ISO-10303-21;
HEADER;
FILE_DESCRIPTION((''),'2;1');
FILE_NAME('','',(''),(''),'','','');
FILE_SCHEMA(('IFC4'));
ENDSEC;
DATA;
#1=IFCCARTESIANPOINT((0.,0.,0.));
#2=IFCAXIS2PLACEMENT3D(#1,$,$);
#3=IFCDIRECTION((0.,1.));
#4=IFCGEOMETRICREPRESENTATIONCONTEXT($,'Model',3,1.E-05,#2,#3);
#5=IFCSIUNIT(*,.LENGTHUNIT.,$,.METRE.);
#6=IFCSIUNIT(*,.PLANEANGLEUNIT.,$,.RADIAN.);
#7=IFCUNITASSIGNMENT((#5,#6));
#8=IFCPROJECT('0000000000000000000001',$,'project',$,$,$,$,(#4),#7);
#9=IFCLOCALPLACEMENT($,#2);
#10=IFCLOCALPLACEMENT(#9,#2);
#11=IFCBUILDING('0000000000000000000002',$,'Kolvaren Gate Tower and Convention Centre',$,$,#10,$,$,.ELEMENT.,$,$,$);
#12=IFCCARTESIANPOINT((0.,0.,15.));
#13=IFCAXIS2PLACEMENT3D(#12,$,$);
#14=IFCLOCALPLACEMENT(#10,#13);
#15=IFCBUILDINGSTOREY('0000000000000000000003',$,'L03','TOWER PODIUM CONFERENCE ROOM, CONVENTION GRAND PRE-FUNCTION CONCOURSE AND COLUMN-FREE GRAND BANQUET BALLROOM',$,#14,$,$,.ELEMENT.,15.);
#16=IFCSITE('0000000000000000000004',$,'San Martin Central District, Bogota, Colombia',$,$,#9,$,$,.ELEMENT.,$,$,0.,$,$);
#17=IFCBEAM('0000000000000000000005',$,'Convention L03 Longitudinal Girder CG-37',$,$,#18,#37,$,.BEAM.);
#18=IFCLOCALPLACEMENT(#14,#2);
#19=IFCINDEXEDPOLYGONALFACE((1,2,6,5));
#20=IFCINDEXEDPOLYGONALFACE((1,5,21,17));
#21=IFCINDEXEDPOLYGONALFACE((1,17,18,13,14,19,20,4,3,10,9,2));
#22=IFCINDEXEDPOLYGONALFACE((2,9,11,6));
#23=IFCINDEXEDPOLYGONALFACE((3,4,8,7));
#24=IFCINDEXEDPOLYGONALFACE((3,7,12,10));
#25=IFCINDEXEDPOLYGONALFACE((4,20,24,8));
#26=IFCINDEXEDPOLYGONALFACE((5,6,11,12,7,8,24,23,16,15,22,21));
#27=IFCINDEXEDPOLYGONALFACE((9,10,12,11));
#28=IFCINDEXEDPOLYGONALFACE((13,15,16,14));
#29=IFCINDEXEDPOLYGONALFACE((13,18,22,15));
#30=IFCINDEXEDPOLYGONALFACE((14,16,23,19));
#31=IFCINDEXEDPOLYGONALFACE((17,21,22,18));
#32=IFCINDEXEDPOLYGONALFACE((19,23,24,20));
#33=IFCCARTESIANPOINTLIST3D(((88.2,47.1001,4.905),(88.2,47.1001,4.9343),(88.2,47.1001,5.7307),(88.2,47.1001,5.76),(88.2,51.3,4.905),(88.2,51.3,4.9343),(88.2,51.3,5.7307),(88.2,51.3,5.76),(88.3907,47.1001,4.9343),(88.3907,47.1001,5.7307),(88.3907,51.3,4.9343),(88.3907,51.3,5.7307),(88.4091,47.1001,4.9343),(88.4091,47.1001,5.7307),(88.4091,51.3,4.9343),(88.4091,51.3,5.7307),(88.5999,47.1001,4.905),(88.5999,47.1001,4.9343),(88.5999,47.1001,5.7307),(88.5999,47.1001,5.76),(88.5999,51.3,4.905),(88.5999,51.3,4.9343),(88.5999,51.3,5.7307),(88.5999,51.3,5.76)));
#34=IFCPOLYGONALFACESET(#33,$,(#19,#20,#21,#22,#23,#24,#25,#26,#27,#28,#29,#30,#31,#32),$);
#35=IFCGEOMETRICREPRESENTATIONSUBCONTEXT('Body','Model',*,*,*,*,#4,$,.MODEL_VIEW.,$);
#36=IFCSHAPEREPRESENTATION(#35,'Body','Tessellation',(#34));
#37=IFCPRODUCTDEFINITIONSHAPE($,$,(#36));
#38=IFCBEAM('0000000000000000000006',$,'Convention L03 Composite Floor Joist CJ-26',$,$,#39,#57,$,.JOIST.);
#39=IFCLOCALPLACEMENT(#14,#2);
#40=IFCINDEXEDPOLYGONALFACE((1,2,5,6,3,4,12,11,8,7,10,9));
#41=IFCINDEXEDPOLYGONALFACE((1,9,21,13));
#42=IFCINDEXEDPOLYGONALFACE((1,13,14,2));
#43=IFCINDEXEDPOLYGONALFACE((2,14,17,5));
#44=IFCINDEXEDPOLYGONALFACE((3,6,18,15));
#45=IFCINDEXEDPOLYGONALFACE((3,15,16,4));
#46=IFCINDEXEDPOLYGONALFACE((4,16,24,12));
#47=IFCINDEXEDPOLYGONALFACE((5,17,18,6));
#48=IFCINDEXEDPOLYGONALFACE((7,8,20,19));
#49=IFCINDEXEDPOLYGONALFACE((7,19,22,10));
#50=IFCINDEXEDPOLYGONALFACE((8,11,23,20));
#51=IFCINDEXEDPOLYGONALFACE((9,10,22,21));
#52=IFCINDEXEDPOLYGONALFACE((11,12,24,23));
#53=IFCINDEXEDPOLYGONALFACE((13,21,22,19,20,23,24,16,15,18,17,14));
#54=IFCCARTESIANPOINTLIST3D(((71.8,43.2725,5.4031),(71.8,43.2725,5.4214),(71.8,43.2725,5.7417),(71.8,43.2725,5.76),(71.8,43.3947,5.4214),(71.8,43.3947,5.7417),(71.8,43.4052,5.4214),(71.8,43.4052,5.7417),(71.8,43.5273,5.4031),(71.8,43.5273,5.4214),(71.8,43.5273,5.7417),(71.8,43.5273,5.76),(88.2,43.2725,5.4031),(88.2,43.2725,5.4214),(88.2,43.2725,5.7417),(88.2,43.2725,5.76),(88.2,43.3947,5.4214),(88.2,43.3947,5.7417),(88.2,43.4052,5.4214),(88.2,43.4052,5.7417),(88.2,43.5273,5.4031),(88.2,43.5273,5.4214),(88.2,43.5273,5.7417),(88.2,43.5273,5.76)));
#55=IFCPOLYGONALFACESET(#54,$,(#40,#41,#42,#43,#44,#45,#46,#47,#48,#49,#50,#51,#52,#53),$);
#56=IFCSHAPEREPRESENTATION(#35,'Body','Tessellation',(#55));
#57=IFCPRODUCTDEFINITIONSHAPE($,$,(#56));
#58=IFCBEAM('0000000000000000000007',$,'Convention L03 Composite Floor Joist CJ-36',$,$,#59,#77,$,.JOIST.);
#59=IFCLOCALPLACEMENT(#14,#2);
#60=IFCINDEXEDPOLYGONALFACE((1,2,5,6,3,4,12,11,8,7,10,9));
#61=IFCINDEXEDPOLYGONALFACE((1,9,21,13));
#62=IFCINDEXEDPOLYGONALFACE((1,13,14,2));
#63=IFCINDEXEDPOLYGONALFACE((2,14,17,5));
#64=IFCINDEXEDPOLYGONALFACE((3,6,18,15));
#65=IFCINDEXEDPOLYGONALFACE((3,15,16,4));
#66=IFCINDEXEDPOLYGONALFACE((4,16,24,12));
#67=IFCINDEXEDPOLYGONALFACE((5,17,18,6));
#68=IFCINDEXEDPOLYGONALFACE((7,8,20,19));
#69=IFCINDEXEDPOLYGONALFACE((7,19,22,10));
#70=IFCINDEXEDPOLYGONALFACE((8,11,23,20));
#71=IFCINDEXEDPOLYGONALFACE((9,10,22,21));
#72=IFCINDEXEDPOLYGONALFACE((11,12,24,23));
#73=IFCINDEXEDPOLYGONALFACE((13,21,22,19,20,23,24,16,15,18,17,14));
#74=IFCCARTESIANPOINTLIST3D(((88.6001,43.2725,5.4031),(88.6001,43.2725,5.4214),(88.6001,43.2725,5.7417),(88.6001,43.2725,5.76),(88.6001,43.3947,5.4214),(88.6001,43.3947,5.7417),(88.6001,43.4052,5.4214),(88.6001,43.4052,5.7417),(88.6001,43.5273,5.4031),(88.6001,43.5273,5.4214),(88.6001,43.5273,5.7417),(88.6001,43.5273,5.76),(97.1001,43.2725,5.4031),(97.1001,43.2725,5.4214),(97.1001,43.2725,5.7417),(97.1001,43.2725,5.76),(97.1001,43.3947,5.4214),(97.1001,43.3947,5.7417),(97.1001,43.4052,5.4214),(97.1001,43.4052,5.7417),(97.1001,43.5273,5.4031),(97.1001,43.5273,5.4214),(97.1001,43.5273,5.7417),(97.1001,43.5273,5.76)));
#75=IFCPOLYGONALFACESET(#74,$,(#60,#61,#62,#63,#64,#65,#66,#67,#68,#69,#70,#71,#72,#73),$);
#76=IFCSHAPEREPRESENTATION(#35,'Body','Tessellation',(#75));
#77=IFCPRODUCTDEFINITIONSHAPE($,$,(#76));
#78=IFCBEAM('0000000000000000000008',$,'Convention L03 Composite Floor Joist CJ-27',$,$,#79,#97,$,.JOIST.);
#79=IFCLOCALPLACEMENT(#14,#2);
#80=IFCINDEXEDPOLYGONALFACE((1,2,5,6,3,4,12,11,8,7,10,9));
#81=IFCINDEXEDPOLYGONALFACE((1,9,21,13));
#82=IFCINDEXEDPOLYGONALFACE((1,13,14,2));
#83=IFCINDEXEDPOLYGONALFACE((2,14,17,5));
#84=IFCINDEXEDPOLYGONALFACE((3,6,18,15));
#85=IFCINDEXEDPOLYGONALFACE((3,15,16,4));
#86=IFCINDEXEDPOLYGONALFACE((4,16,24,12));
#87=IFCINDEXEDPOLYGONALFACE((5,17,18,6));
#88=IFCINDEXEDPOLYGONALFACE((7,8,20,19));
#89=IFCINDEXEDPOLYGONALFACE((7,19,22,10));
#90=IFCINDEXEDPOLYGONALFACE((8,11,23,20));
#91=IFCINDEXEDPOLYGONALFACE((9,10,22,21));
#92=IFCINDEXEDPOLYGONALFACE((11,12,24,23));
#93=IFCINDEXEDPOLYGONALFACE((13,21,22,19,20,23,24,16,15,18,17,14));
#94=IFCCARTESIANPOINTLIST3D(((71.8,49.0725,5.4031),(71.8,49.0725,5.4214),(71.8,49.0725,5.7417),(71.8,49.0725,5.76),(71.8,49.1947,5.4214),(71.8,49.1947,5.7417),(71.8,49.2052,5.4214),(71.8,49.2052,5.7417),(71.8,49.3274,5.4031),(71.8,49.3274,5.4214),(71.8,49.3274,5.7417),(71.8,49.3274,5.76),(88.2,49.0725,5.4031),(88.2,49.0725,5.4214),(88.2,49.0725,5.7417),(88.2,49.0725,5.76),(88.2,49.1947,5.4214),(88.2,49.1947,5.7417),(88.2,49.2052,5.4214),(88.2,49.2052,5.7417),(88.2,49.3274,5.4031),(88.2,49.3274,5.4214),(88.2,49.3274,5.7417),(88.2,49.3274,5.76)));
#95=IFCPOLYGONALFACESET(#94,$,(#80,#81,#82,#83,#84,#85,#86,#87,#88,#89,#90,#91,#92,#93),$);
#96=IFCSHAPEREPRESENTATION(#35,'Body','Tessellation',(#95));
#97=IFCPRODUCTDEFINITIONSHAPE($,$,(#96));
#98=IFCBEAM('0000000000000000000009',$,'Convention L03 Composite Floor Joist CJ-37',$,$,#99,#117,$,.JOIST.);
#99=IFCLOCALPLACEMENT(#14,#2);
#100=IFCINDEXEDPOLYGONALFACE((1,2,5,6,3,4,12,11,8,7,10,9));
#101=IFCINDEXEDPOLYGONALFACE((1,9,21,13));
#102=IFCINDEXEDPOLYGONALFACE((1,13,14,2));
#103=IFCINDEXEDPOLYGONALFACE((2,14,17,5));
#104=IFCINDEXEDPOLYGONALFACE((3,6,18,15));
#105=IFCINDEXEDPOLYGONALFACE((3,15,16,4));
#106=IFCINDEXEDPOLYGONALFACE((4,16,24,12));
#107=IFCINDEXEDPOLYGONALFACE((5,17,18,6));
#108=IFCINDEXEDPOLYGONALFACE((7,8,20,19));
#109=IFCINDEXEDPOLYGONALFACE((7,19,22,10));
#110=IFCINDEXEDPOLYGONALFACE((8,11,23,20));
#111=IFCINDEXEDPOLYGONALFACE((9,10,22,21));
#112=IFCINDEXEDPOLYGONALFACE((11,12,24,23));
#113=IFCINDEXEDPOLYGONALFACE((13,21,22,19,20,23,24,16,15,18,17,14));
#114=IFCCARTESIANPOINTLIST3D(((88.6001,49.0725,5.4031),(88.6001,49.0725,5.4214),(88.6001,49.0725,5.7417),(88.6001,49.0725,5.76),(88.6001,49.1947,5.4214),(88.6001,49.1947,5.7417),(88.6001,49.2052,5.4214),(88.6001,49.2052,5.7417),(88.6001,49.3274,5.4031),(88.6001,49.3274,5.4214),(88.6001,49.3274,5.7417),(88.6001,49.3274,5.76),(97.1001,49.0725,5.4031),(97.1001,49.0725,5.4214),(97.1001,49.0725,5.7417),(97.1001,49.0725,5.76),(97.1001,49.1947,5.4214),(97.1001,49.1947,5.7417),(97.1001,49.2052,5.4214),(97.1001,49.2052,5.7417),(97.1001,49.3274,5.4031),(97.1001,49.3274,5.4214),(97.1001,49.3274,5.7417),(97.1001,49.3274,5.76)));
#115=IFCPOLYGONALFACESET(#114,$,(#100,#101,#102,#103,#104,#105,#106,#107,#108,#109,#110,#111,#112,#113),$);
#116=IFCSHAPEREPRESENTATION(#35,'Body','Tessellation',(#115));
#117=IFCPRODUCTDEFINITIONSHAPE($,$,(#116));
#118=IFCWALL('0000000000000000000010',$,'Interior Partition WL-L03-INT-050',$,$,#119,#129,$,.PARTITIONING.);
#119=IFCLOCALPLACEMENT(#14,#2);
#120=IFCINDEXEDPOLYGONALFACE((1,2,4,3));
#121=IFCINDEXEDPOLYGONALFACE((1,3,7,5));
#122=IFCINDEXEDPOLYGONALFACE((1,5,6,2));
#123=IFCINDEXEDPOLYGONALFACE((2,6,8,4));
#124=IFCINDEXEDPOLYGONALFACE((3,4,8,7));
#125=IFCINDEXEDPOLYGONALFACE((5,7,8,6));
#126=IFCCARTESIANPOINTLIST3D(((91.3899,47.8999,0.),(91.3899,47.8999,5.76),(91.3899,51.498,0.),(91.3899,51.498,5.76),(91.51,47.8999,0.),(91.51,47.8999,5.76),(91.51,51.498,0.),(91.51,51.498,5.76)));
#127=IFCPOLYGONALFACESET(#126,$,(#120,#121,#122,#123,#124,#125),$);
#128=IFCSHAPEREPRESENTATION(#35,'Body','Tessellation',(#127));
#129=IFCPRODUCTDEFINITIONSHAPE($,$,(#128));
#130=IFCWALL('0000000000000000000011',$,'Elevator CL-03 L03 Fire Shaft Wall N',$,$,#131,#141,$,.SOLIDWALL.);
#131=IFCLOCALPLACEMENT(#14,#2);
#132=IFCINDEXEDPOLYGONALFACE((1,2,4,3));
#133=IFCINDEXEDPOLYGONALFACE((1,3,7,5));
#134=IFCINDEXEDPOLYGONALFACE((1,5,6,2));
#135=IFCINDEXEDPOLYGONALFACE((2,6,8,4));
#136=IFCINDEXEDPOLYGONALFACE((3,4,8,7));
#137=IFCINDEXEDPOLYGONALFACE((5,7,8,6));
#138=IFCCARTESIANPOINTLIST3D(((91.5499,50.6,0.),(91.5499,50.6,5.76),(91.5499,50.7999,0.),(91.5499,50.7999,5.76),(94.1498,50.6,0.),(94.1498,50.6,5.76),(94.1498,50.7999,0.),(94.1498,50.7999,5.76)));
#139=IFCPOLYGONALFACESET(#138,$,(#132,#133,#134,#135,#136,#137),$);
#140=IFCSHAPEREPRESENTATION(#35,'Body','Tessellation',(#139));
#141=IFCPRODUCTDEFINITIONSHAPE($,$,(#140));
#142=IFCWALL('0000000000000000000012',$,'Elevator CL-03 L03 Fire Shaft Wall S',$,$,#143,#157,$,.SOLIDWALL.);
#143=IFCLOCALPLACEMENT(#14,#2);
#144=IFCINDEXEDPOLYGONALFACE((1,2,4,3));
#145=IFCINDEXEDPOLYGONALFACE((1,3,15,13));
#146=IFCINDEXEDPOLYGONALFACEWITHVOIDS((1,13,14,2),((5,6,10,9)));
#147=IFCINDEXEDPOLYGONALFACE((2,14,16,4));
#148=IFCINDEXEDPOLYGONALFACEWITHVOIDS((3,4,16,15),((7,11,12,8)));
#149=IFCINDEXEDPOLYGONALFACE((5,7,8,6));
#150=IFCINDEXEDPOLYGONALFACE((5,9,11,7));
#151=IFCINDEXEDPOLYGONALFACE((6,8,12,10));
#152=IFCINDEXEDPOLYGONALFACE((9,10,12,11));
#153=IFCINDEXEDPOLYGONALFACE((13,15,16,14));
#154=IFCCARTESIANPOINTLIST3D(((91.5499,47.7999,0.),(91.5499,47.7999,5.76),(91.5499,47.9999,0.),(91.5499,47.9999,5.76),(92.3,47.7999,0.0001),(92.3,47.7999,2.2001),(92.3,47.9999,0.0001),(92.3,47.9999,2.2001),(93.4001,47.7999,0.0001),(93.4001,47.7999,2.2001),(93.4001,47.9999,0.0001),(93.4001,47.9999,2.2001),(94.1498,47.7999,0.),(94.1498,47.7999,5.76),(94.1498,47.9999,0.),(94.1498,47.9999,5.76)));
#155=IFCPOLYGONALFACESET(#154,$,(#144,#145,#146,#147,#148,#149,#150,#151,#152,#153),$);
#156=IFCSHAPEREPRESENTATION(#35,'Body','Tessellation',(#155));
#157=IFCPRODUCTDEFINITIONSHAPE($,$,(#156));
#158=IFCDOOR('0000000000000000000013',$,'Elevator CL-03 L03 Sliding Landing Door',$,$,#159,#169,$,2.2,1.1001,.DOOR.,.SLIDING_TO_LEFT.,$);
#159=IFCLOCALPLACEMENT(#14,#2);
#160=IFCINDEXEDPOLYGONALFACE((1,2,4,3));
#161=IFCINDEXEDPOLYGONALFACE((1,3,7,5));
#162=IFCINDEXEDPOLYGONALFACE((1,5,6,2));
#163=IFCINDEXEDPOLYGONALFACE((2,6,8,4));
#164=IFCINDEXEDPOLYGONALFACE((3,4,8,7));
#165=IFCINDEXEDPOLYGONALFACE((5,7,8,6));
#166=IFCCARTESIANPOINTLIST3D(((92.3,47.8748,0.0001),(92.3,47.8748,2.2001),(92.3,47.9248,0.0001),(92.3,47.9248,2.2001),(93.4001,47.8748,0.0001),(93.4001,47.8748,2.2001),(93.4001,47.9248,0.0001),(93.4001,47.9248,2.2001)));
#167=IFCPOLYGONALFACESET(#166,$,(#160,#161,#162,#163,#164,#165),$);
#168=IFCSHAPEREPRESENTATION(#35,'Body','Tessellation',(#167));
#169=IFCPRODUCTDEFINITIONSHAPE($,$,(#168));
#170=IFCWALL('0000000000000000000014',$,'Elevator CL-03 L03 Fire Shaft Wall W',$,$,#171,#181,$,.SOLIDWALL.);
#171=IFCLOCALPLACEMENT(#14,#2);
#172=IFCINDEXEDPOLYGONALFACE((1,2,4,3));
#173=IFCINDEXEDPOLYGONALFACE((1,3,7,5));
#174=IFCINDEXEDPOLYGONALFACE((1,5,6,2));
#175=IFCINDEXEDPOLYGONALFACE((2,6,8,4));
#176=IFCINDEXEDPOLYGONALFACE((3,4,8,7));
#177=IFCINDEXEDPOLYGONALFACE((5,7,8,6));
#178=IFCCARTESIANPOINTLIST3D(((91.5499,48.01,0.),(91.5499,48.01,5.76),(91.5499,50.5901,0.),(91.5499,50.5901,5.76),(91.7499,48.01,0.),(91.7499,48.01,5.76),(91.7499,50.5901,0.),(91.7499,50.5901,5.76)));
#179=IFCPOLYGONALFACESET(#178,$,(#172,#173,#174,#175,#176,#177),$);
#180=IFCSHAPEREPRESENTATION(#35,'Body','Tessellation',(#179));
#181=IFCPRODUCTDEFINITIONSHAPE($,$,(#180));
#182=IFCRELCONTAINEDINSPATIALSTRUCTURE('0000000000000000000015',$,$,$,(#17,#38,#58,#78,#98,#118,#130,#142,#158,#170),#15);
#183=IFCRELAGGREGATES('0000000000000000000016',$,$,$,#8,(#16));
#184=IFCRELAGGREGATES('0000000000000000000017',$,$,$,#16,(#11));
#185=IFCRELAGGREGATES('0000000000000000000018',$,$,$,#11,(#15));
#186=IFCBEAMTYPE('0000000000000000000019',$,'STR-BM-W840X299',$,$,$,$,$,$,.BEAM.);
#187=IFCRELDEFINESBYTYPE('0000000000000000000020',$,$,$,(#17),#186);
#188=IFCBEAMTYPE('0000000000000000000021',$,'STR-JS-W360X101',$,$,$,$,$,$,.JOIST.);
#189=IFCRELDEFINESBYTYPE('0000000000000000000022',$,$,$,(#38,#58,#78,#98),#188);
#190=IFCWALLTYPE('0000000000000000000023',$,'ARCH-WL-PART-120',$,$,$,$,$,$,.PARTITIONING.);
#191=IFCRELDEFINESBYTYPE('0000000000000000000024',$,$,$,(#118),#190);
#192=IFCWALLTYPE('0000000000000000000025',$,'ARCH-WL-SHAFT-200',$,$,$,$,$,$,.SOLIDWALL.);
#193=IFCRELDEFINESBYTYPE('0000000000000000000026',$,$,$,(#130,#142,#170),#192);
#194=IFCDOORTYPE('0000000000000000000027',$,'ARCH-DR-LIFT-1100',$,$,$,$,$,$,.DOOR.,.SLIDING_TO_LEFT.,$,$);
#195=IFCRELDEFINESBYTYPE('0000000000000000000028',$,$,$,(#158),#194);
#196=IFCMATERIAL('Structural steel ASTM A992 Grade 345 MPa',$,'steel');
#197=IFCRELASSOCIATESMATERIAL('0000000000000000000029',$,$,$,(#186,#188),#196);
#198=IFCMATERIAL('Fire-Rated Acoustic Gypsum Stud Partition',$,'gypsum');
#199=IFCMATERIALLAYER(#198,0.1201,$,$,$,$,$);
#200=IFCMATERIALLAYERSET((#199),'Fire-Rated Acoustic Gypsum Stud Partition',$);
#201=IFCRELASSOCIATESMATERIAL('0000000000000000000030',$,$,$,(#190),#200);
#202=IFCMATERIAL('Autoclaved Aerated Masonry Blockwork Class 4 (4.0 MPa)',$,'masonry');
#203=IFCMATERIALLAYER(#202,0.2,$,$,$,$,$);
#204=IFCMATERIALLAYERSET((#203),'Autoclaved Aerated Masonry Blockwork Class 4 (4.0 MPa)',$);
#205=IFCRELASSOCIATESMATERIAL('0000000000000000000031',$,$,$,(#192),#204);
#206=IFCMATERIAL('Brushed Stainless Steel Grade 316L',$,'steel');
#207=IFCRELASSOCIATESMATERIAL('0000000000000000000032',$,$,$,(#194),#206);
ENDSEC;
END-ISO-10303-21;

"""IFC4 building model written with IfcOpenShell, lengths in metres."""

from ifc_helpers import new_model, si_unit, direction, frame, frame_2d, origin, origin_2d, place, context, subcontext, project, spatial, rectangle, i_section, extrude, material, layer, layer_set, material_profile, profile_set, type_object, element, fill, save


model = new_model("IFC4")

# Units and contexts
model_context = context("Model", 3, precision=1e-05, world=origin(), true_north=direction((0.0, 1.0)))
body_context = subcontext(model_context, "Body", "Model", "MODEL_VIEW")
ifc_project = project(units=[si_unit("LENGTHUNIT", "METRE"), si_unit("PLANEANGLEUNIT", "RADIAN")], contexts=[model_context])

# Site, building, storey
site_placement = place(None, origin())
site = spatial("IfcSite", under=ifc_project, at=site_placement, Name="San Martin Central District, Bogota, Colombia", CompositionType="ELEMENT", RefElevation=0.0)
building_placement = place(site_placement, origin())
building = spatial("IfcBuilding", under=site, at=building_placement, Name="Kolvaren Gate Tower and Convention Centre", CompositionType="ELEMENT")
storey_placement = place(building_placement, frame((0.0, 0.0, 15.0)))
storey = spatial("IfcBuildingStorey", under=building, at=storey_placement, Name="L03", Description="TOWER PODIUM CONFERENCE ROOM, CONVENTION GRAND PRE-FUNCTION CONCOURSE AND COLUMN-FREE GRAND BANQUET BALLROOM", CompositionType="ELEMENT", Elevation=15.0)

# Shared definitions
ifc_material_1 = material(Name="Structural steel ASTM A992 Grade 345 MPa", Category="steel")

# Beams
ifc_material_profile_1 = material_profile(ifc_material_1, i_section(OverallWidth=0.3999, OverallDepth=0.855, WebThickness=0.0183, FlangeThickness=0.0293, at=origin_2d()), Name="W840X299")
ifc_profile_set_1 = profile_set([ifc_material_profile_1], Name="Structural steel ASTM A992 Grade 345 MPa")
beam_type_1 = type_object("IfcBeamType", Name="STR-BM-W840X299", PredefinedType="BEAM", material=ifc_profile_set_1)
beam_1_placement = place(storey_placement, frame((88.3999, 47.1001, 5.3325), z_axis=(0.0, 1.0, 0.0), x_axis=(-1.0, 0.0, 0.0)))
element("IfcBeam", 1, at=beam_1_placement, inside=storey, type_object=beam_type_1, Name="Convention L03 Longitudinal Girder CG-37", PredefinedType="BEAM", context=body_context, shape_type="SweptSolid", body=[
    extrude(i_section(OverallWidth=0.3999, OverallDepth=0.855, WebThickness=0.0183, FlangeThickness=0.0293, at=origin_2d()), origin(), (0.0, 0.0, 1.0), 4.2),
])
ifc_material_profile_2 = material_profile(ifc_material_1, i_section(OverallWidth=0.2549, OverallDepth=0.3569, WebThickness=0.0105, FlangeThickness=0.0183, at=origin_2d()), Name="W360X101")
ifc_profile_set_2 = profile_set([ifc_material_profile_2], Name="Structural steel ASTM A992 Grade 345 MPa")
beam_type_2 = type_object("IfcBeamType", Name="STR-JS-W360X101", PredefinedType="JOIST", material=ifc_profile_set_2)
beam_2_placement = place(storey_placement, frame((71.8, 43.3999, 5.5815), z_axis=(1.0, 0.0, 0.0), x_axis=(0.0, 1.0, 0.0)))
element("IfcBeam", 2, at=beam_2_placement, inside=storey, type_object=beam_type_2, Name="Convention L03 Composite Floor Joist CJ-26", PredefinedType="JOIST", context=body_context, shape_type="SweptSolid", body=[
    extrude(i_section(OverallWidth=0.2549, OverallDepth=0.3569, WebThickness=0.0105, FlangeThickness=0.0183, at=origin_2d()), origin(), (0.0, 0.0, 1.0), 16.3999),
])
beam_3_placement = place(storey_placement, frame((88.6001, 43.3999, 5.5815), z_axis=(1.0, 0.0, 0.0), x_axis=(0.0, 1.0, 0.0)))
element("IfcBeam", 3, at=beam_3_placement, inside=storey, type_object=beam_type_2, Name="Convention L03 Composite Floor Joist CJ-36", PredefinedType="JOIST", context=body_context, shape_type="SweptSolid", body=[
    extrude(i_section(OverallWidth=0.2549, OverallDepth=0.3569, WebThickness=0.0105, FlangeThickness=0.0183, at=origin_2d()), origin(), (0.0, 0.0, 1.0), 8.5),
])
beam_4_placement = place(storey_placement, frame((71.8, 49.2, 5.5815), z_axis=(1.0, 0.0, 0.0), x_axis=(0.0, 1.0, 0.0)))
element("IfcBeam", 4, at=beam_4_placement, inside=storey, type_object=beam_type_2, Name="Convention L03 Composite Floor Joist CJ-27", PredefinedType="JOIST", context=body_context, shape_type="SweptSolid", body=[
    extrude(i_section(OverallWidth=0.2549, OverallDepth=0.3569, WebThickness=0.0105, FlangeThickness=0.0183, at=origin_2d()), origin(), (0.0, 0.0, 1.0), 16.3999),
])
beam_5_placement = place(storey_placement, frame((88.6001, 49.2, 5.5815), z_axis=(1.0, 0.0, 0.0), x_axis=(0.0, 1.0, 0.0)))
element("IfcBeam", 5, at=beam_5_placement, inside=storey, type_object=beam_type_2, Name="Convention L03 Composite Floor Joist CJ-37", PredefinedType="JOIST", context=body_context, shape_type="SweptSolid", body=[
    extrude(i_section(OverallWidth=0.2549, OverallDepth=0.3569, WebThickness=0.0105, FlangeThickness=0.0183, at=origin_2d()), origin(), (0.0, 0.0, 1.0), 8.5),
])

# Walls
ifc_material_2 = material(Name="Fire-Rated Acoustic Gypsum Stud Partition", Category="gypsum")
ifc_layer_1 = layer(ifc_material_2, 0.1201)
ifc_layer_set_1 = layer_set([ifc_layer_1], Name="Fire-Rated Acoustic Gypsum Stud Partition")
wall_type_1 = type_object("IfcWallType", Name="ARCH-WL-PART-120", PredefinedType="PARTITIONING", material=ifc_layer_set_1)
wall_1_placement = place(storey_placement, frame((91.45, 47.8999, 0.0), z_axis=(0.0, 0.0, 1.0), x_axis=(0.0, 1.0, 0.0)))
element("IfcWall", 6, at=wall_1_placement, inside=storey, type_object=wall_type_1, Name="Interior Partition WL-L03-INT-050", PredefinedType="PARTITIONING", context=body_context, shape_type="SweptSolid", body=[
    extrude(rectangle(XDim=3.5981, YDim=0.1201, at=frame_2d((1.7991, 0.0))), origin(), (0.0, 0.0, 1.0), 5.76),
])
ifc_material_3 = material(Name="Autoclaved Aerated Masonry Blockwork Class 4 (4.0 MPa)", Category="masonry")
ifc_layer_2 = layer(ifc_material_3, 0.2)
ifc_layer_set_2 = layer_set([ifc_layer_2], Name="Autoclaved Aerated Masonry Blockwork Class 4 (4.0 MPa)")
wall_type_2 = type_object("IfcWallType", Name="ARCH-WL-SHAFT-200", PredefinedType="SOLIDWALL", material=ifc_layer_set_2)
wall_2_placement = place(storey_placement, frame((91.55, 50.7, 0.0), z_axis=(0.0, 0.0, 1.0), x_axis=(1.0, 0.0, 0.0)))
element("IfcWall", 7, at=wall_2_placement, inside=storey, type_object=wall_type_2, Name="Elevator CL-03 L03 Fire Shaft Wall N", PredefinedType="SOLIDWALL", context=body_context, shape_type="SweptSolid", body=[
    extrude(rectangle(XDim=2.5999, YDim=0.2, at=frame_2d((1.2998, 0.0))), origin(), (0.0, 0.0, 1.0), 5.76),
])

# Wall, opening, door
wall_3_placement = place(storey_placement, frame((91.55, 47.8999, 0.0), z_axis=(0.0, 0.0, 1.0), x_axis=(1.0, 0.0, 0.0)))
wall_3 = element("IfcWall", 8, at=wall_3_placement, inside=storey, type_object=wall_type_2, Name="Elevator CL-03 L03 Fire Shaft Wall S", PredefinedType="SOLIDWALL", context=body_context, shape_type="SweptSolid", body=[
    extrude(rectangle(XDim=2.5999, YDim=0.2, at=frame_2d((1.2998, 0.0))), origin(), (0.0, 0.0, 1.0), 5.76),
])
opening_placement = place(wall_3_placement, frame((0.75, 0.0, 0.0)))
opening = element("IfcOpeningElement", 9, at=opening_placement, cuts=wall_3, PredefinedType="OPENING", context=body_context, shape_type="SweptSolid", body=[
    extrude(rectangle(XDim=1.1001, YDim=2.2, at=frame_2d((0.55, 1.1001))), frame((0.0, 0.1099, 0.0), z_axis=(0.0, -1.0, 0.0), x_axis=(1.0, 0.0, 0.0)), (0.0, 0.0, 1.0), 0.22),
])
ifc_material_4 = material(Name="Brushed Stainless Steel Grade 316L", Category="steel")
door_type = type_object("IfcDoorType", Name="ARCH-DR-LIFT-1100", OperationType="SLIDING_TO_LEFT", PredefinedType="DOOR", material=ifc_material_4)
door_placement = place(opening_placement, origin())
door = element("IfcDoor", 10, at=door_placement, inside=storey, type_object=door_type, Name="Elevator CL-03 L03 Sliding Landing Door", OperationType="SLIDING_TO_LEFT", OverallHeight=2.2, OverallWidth=1.1001, PredefinedType="DOOR", context=body_context, shape_type="SweptSolid", body=[
    extrude(rectangle(XDim=1.1001, YDim=2.2, at=frame_2d((0.55, 1.1001))), frame((0.0, 0.0249, 0.0), z_axis=(0.0, -1.0, 0.0), x_axis=(1.0, 0.0, 0.0)), (0.0, 0.0, 1.0), 0.05),
])
fill(opening, door)

# Wall
wall_4_placement = place(storey_placement, frame((91.6499, 48.01, 0.0), z_axis=(0.0, 0.0, 1.0), x_axis=(0.0, 1.0, 0.0)))
element("IfcWall", 11, at=wall_4_placement, inside=storey, type_object=wall_type_2, Name="Elevator CL-03 L03 Fire Shaft Wall W", PredefinedType="SOLIDWALL", context=body_context, shape_type="SweptSolid", body=[
    extrude(rectangle(XDim=2.5801, YDim=0.2, at=frame_2d((1.29, 0.0))), origin(), (0.0, 0.0, 1.0), 5.76),
])

save(model, "model.ifc")
